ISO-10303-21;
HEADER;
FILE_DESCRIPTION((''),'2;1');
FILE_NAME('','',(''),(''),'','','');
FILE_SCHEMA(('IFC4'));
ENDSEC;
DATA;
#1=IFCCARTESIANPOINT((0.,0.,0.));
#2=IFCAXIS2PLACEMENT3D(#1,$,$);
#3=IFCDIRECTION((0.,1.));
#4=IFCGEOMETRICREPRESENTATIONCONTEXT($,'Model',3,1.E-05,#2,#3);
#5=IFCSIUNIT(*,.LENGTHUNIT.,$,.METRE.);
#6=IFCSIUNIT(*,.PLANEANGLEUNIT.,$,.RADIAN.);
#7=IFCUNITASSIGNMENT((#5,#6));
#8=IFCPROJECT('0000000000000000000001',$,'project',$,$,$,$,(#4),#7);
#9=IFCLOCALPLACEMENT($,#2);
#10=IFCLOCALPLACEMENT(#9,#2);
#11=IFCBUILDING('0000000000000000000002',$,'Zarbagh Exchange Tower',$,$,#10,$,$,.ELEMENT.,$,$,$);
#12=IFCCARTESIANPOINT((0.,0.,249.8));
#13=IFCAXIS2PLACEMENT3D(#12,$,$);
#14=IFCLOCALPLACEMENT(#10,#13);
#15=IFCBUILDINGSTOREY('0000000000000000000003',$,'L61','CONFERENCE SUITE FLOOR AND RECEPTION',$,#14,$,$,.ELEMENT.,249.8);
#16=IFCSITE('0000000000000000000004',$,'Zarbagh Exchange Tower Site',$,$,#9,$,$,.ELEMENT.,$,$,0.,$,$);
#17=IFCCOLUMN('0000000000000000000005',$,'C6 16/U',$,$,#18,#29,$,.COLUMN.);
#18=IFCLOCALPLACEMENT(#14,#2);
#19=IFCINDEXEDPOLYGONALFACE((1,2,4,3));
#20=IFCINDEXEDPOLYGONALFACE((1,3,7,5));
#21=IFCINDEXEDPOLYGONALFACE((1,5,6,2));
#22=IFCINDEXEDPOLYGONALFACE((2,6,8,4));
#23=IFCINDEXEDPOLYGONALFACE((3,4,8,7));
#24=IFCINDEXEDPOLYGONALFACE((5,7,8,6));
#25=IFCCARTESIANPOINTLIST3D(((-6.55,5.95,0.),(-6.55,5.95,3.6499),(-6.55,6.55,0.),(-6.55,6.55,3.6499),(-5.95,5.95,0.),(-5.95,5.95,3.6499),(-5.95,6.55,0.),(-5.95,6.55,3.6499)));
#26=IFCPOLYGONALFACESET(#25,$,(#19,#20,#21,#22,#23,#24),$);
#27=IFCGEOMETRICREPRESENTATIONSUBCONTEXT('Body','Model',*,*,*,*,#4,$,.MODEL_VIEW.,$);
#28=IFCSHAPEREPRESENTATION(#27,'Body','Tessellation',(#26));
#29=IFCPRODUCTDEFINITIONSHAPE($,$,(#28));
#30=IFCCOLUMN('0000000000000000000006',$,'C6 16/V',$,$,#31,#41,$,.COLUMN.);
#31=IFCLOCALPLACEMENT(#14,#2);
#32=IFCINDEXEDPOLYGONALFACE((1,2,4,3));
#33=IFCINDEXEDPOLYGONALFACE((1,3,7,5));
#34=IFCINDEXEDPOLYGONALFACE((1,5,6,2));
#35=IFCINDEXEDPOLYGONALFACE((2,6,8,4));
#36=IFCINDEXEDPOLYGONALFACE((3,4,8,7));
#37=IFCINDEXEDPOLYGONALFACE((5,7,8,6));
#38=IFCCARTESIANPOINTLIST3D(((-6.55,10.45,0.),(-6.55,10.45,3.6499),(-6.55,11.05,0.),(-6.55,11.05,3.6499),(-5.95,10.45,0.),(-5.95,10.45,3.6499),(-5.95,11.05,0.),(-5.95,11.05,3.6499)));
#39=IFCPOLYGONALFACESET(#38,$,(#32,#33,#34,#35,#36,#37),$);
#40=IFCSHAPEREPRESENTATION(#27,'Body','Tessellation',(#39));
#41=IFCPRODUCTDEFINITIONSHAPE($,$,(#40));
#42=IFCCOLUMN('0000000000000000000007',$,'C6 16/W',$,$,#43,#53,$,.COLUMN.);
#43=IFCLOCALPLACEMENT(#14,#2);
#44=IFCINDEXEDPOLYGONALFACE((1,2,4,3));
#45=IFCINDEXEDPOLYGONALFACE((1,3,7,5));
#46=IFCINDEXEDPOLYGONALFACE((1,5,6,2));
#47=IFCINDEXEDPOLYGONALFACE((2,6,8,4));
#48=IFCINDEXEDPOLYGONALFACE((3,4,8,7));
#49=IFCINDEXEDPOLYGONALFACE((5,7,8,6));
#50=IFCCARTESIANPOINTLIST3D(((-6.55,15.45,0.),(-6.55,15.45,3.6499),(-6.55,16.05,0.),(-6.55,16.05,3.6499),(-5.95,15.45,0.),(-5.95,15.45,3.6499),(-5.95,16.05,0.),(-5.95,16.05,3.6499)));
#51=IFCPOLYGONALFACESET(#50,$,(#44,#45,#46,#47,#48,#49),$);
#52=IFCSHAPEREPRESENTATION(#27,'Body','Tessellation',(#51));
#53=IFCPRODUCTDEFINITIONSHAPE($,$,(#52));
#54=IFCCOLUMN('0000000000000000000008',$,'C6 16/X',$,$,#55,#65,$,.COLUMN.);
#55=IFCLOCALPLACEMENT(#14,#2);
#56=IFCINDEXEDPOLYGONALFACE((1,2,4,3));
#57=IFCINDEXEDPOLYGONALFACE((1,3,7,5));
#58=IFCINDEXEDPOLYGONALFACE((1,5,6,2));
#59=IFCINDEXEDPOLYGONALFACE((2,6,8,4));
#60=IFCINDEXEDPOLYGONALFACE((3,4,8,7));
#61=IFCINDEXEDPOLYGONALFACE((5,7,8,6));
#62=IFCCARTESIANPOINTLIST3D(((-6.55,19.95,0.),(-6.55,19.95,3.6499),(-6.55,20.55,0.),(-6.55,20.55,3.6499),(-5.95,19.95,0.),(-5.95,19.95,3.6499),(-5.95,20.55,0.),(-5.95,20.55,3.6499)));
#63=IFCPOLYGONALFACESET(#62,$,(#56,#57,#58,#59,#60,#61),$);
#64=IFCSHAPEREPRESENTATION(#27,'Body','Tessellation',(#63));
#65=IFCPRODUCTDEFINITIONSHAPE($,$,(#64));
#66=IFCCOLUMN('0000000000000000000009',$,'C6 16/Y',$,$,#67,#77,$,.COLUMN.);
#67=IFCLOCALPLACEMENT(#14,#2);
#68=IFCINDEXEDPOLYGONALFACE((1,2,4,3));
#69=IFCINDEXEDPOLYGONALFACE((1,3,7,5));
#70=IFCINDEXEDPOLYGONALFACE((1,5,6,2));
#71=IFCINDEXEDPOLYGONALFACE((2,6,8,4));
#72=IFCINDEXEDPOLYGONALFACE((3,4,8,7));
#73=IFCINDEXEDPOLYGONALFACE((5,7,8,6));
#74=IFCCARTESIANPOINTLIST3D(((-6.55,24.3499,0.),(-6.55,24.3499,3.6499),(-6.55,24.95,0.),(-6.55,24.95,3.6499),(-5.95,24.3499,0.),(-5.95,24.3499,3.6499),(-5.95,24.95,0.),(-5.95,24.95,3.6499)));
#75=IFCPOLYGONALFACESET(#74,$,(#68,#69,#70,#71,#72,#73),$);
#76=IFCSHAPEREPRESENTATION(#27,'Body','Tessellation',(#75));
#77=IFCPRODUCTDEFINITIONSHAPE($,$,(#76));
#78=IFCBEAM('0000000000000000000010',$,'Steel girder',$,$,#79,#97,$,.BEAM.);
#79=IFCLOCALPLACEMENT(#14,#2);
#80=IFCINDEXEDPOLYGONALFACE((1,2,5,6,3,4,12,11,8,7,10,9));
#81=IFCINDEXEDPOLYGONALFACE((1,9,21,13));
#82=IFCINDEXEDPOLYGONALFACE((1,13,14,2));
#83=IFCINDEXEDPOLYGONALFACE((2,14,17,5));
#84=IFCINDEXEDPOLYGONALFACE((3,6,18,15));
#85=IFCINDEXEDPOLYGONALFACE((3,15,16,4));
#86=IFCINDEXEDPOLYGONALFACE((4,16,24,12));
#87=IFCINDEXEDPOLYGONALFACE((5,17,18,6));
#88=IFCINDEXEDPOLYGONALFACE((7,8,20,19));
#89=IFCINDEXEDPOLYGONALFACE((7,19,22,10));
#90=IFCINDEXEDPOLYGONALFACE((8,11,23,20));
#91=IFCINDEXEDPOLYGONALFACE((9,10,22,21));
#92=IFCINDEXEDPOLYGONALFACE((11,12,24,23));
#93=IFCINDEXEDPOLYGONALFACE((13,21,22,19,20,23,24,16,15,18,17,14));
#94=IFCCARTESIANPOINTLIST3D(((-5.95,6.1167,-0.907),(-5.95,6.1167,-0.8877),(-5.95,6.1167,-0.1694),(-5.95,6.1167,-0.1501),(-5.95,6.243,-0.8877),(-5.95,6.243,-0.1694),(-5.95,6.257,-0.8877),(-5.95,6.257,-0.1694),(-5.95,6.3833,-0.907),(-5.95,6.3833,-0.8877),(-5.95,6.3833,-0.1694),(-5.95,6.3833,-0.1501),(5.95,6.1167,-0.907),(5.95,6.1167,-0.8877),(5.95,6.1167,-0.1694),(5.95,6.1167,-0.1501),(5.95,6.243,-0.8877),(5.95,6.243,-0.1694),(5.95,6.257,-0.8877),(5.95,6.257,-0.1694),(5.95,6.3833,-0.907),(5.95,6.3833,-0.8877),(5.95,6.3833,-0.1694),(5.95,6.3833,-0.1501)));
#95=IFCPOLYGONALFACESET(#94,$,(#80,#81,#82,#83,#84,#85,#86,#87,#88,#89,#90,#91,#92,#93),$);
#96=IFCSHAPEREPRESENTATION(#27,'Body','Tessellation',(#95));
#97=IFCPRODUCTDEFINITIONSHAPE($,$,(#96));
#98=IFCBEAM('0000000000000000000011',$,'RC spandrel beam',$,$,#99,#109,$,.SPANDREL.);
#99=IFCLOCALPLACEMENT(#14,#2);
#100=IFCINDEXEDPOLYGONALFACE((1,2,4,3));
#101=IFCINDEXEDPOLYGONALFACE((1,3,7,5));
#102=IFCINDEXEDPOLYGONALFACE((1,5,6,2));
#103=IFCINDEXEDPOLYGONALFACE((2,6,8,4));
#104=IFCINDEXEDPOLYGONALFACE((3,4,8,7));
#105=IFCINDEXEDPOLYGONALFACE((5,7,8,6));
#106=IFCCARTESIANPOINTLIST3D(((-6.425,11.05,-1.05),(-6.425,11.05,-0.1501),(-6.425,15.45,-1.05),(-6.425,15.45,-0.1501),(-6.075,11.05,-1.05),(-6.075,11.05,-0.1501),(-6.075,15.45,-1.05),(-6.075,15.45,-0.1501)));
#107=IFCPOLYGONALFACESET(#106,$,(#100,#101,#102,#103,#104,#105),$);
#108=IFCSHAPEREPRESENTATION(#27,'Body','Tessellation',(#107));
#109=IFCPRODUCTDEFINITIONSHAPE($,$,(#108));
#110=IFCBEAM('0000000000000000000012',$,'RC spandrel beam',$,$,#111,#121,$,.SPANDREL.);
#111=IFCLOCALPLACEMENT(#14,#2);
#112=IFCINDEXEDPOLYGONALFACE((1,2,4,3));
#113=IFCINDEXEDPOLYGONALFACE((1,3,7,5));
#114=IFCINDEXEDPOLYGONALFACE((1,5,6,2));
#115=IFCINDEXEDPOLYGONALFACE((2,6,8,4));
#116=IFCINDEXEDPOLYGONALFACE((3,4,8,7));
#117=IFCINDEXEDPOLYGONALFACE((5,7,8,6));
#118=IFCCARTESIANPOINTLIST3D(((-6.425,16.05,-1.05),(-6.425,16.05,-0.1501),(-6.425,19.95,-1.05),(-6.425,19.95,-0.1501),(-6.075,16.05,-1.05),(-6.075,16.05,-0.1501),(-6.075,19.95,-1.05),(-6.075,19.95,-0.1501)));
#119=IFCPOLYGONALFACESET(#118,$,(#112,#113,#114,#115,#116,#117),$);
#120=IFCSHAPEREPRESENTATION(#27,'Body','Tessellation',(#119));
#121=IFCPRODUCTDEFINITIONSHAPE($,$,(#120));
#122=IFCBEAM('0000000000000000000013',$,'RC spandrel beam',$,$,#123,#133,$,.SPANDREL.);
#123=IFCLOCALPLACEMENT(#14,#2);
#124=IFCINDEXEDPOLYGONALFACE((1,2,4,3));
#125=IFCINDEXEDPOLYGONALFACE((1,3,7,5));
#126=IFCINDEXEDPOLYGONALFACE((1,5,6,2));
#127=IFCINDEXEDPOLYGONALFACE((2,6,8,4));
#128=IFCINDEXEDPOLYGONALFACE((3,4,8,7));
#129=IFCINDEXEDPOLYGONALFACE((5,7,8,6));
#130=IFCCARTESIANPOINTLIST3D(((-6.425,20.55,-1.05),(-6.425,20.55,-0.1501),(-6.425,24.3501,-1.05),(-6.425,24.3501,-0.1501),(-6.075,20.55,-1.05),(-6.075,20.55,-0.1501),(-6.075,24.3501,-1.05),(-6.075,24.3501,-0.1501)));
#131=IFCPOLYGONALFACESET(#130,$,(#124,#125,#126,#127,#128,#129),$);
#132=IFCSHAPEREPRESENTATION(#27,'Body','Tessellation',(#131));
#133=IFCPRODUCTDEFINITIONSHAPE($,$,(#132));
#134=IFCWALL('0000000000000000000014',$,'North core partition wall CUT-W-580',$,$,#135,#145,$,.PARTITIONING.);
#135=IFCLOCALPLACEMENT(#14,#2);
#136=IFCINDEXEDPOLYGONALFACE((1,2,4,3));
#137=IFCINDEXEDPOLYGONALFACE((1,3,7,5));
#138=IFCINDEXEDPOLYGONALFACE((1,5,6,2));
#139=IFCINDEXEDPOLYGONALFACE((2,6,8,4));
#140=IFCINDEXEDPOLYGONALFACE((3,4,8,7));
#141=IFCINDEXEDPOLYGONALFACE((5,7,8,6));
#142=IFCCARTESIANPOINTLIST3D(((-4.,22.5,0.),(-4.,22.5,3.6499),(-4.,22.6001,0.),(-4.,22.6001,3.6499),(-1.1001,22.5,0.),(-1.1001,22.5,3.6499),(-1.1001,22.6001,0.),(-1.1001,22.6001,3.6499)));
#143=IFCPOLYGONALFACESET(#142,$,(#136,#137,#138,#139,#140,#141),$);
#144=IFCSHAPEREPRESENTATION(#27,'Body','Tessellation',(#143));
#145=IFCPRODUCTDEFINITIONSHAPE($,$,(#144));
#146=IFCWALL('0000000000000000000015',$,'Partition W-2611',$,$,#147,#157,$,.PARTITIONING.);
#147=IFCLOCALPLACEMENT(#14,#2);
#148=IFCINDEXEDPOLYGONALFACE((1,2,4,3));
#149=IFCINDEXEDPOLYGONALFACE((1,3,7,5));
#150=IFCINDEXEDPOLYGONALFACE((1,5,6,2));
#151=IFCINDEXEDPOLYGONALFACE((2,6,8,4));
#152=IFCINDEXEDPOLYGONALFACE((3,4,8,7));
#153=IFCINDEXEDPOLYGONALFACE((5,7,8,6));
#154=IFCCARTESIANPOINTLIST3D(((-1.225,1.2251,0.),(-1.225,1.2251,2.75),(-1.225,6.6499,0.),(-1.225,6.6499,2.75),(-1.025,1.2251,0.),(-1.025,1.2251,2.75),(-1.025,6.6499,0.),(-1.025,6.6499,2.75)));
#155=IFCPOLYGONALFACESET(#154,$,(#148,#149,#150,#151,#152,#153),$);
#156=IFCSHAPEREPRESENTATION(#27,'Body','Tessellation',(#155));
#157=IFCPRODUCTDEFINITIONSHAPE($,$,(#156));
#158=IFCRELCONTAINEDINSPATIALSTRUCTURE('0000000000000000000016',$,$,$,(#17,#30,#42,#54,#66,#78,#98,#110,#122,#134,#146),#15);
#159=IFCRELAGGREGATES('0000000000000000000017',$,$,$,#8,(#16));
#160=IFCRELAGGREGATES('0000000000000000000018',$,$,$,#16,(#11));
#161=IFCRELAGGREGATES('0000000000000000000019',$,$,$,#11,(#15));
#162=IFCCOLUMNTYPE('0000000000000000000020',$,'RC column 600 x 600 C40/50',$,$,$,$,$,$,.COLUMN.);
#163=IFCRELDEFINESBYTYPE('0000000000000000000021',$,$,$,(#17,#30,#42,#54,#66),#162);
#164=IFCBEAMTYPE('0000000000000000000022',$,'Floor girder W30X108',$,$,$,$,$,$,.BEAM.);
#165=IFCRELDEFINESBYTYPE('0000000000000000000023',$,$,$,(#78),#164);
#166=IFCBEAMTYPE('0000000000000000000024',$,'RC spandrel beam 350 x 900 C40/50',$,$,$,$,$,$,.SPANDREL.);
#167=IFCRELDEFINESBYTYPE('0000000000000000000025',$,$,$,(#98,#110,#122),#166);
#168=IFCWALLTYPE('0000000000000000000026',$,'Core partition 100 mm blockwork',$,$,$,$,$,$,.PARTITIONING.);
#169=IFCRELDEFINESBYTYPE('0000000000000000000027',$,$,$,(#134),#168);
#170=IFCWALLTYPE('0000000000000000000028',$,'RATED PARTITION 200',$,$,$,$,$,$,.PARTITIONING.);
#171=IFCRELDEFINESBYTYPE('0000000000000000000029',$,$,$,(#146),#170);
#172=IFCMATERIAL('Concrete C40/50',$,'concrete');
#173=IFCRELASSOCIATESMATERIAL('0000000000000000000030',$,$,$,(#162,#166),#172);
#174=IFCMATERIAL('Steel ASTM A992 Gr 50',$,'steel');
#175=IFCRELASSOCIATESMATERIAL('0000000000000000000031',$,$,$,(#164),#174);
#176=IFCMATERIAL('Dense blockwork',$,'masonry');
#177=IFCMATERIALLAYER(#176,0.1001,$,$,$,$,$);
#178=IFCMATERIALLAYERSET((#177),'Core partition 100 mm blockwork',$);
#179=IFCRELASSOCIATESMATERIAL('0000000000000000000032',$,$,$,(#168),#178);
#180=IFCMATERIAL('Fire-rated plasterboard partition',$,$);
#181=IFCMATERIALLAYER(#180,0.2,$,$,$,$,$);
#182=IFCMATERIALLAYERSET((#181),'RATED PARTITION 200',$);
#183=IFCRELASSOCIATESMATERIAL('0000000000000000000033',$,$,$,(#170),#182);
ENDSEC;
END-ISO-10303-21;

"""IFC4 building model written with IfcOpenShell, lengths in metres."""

from ifc_helpers import new_model, si_unit, direction, frame, frame_2d, origin, origin_2d, place, context, subcontext, project, spatial, rectangle, i_section, extrude, material, layer, layer_set, material_profile, profile_set, type_object, element, save


model = new_model("IFC4")

# Units and contexts
model_context = context("Model", 3, precision=1e-05, world=origin(), true_north=direction((0.0, 1.0)))
body_context = subcontext(model_context, "Body", "Model", "MODEL_VIEW")
ifc_project = project(units=[si_unit("LENGTHUNIT", "METRE"), si_unit("PLANEANGLEUNIT", "RADIAN")], contexts=[model_context])

# Site, building, storey
site_placement = place(None, origin())
site = spatial("IfcSite", under=ifc_project, at=site_placement, Name="Zarbagh Exchange Tower Site", CompositionType="ELEMENT", RefElevation=0.0)
building_placement = place(site_placement, origin())
building = spatial("IfcBuilding", under=site, at=building_placement, Name="Zarbagh Exchange Tower", CompositionType="ELEMENT")
storey_placement = place(building_placement, frame((0.0, 0.0, 249.8)))
storey = spatial("IfcBuildingStorey", under=building, at=storey_placement, Name="L61", Description="CONFERENCE SUITE FLOOR AND RECEPTION", CompositionType="ELEMENT", Elevation=249.8)

# Columns
ifc_material_1 = material(Name="Concrete C40/50", Category="concrete")
ifc_material_profile_1 = material_profile(ifc_material_1, rectangle(XDim=0.6001, YDim=0.6001, at=origin_2d()), Name="RC column 600 x 600 C40/50")
ifc_profile_set_1 = profile_set([ifc_material_profile_1], Name="Concrete C40/50")
column_type = type_object("IfcColumnType", Name="RC column 600 x 600 C40/50", PredefinedType="COLUMN", material=ifc_profile_set_1)
for number, where, z_axis, x_axis, name in (
    (1, (-6.25, 6.25, 0.0), (0.0, 0.0, 1.0), (1.0, 0.0, 0.0), "C6 16/U"),
    (2, (-6.25, 10.75, 0.0), (0.0, 0.0, 1.0), (1.0, 0.0, 0.0), "C6 16/V"),
    (3, (-6.25, 15.75, 0.0), (0.0, 0.0, 1.0), (1.0, 0.0, 0.0), "C6 16/W"),
    (4, (-6.25, 20.25, 0.0), (0.0, 0.0, 1.0), (1.0, 0.0, 0.0), "C6 16/X"),
    (5, (-6.25, 24.6499, 0.0), (0.0, 0.0, 1.0), (1.0, 0.0, 0.0), "C6 16/Y"),
):
    element("IfcColumn", number, at=place(storey_placement, frame(where, z_axis=z_axis, x_axis=x_axis)), inside=storey, type_object=column_type, Name=name, PredefinedType="COLUMN", context=body_context, shape_type="SweptSolid", body=[
        extrude(rectangle(XDim=0.6001, YDim=0.6001, at=origin_2d()), origin(), (0.0, 0.0, 1.0), 3.6499),
    ])

# Beams
ifc_material_2 = material(Name="Steel ASTM A992 Gr 50", Category="steel")
ifc_material_profile_2 = material_profile(ifc_material_2, i_section(OverallWidth=0.2666, OverallDepth=0.7568, WebThickness=0.0139, FlangeThickness=0.0193, at=origin_2d()), Name="W30X108")
ifc_profile_set_2 = profile_set([ifc_material_profile_2], Name="Steel ASTM A992 Gr 50")
beam_type_1 = type_object("IfcBeamType", Name="Floor girder W30X108", PredefinedType="BEAM", material=ifc_profile_set_2)
beam_1_placement = place(storey_placement, frame((-5.95, 6.25, -0.5286), z_axis=(1.0, 0.0, 0.0), x_axis=(0.0, 1.0, 0.0)))
element("IfcBeam", 6, at=beam_1_placement, inside=storey, type_object=beam_type_1, Name="Steel girder", PredefinedType="BEAM", context=body_context, shape_type="SweptSolid", body=[
    extrude(i_section(OverallWidth=0.2666, OverallDepth=0.7568, WebThickness=0.0139, FlangeThickness=0.0193, at=origin_2d()), origin(), (0.0, 0.0, 1.0), 11.8999),
])
ifc_material_profile_3 = material_profile(ifc_material_1, rectangle(XDim=0.3501, YDim=0.8999, at=origin_2d()), Name="RC spandrel beam 350 x 900 C40/50")
ifc_profile_set_3 = profile_set([ifc_material_profile_3], Name="Concrete C40/50")
beam_type_2 = type_object("IfcBeamType", Name="RC spandrel beam 350 x 900 C40/50", PredefinedType="SPANDREL", material=ifc_profile_set_3)
beam_2_placement = place(storey_placement, frame((-6.25, 11.05, -0.6001), z_axis=(0.0, 1.0, 0.0), x_axis=(-1.0, 0.0, 0.0)))
element("IfcBeam", 7, at=beam_2_placement, inside=storey, type_object=beam_type_2, Name="RC spandrel beam", PredefinedType="SPANDREL", context=body_context, shape_type="SweptSolid", body=[
    extrude(rectangle(XDim=0.3501, YDim=0.8999, at=origin_2d()), origin(), (0.0, 0.0, 1.0), 4.3999),
])
beam_3_placement = place(storey_placement, frame((-6.25, 16.05, -0.6001), z_axis=(0.0, 1.0, 0.0), x_axis=(-1.0, 0.0, 0.0)))
element("IfcBeam", 8, at=beam_3_placement, inside=storey, type_object=beam_type_2, Name="RC spandrel beam", PredefinedType="SPANDREL", context=body_context, shape_type="SweptSolid", body=[
    extrude(rectangle(XDim=0.3501, YDim=0.8999, at=origin_2d()), origin(), (0.0, 0.0, 1.0), 3.8999),
])
beam_4_placement = place(storey_placement, frame((-6.25, 20.55, -0.6001), z_axis=(0.0, 1.0, 0.0), x_axis=(-1.0, 0.0, 0.0)))
element("IfcBeam", 9, at=beam_4_placement, inside=storey, type_object=beam_type_2, Name="RC spandrel beam", PredefinedType="SPANDREL", context=body_context, shape_type="SweptSolid", body=[
    extrude(rectangle(XDim=0.3501, YDim=0.8999, at=origin_2d()), origin(), (0.0, 0.0, 1.0), 3.8),
])

# Walls
ifc_material_3 = material(Name="Dense blockwork", Category="masonry")
ifc_layer_1 = layer(ifc_material_3, 0.1001)
ifc_layer_set_1 = layer_set([ifc_layer_1], Name="Core partition 100 mm blockwork")
wall_type_1 = type_object("IfcWallType", Name="Core partition 100 mm blockwork", PredefinedType="PARTITIONING", material=ifc_layer_set_1)
wall_1_placement = place(storey_placement, frame((-4.0, 22.55, 0.0), z_axis=(0.0, 0.0, 1.0), x_axis=(1.0, 0.0, 0.0)))
element("IfcWall", 10, at=wall_1_placement, inside=storey, type_object=wall_type_1, Name="North core partition wall CUT-W-580", PredefinedType="PARTITIONING", context=body_context, shape_type="SweptSolid", body=[
    extrude(rectangle(XDim=2.8999, YDim=0.1001, at=frame_2d((1.45, 0.0))), origin(), (0.0, 0.0, 1.0), 3.6499),
])
ifc_material_4 = material(Name="Fire-rated plasterboard partition")
ifc_layer_2 = layer(ifc_material_4, 0.2)
ifc_layer_set_2 = layer_set([ifc_layer_2], Name="RATED PARTITION 200")
wall_type_2 = type_object("IfcWallType", Name="RATED PARTITION 200", PredefinedType="PARTITIONING", material=ifc_layer_set_2)
wall_2_placement = place(storey_placement, frame((-1.125, 1.2251, 0.0), z_axis=(0.0, 0.0, 1.0), x_axis=(0.0, 1.0, 0.0)))
element("IfcWall", 11, at=wall_2_placement, inside=storey, type_object=wall_type_2, Name="Partition W-2611", PredefinedType="PARTITIONING", context=body_context, shape_type="SweptSolid", body=[
    extrude(rectangle(XDim=5.4248, YDim=0.2, at=frame_2d((2.7124, 0.0))), origin(), (0.0, 0.0, 1.0), 2.75),
])

save(model, "model.ifc")
